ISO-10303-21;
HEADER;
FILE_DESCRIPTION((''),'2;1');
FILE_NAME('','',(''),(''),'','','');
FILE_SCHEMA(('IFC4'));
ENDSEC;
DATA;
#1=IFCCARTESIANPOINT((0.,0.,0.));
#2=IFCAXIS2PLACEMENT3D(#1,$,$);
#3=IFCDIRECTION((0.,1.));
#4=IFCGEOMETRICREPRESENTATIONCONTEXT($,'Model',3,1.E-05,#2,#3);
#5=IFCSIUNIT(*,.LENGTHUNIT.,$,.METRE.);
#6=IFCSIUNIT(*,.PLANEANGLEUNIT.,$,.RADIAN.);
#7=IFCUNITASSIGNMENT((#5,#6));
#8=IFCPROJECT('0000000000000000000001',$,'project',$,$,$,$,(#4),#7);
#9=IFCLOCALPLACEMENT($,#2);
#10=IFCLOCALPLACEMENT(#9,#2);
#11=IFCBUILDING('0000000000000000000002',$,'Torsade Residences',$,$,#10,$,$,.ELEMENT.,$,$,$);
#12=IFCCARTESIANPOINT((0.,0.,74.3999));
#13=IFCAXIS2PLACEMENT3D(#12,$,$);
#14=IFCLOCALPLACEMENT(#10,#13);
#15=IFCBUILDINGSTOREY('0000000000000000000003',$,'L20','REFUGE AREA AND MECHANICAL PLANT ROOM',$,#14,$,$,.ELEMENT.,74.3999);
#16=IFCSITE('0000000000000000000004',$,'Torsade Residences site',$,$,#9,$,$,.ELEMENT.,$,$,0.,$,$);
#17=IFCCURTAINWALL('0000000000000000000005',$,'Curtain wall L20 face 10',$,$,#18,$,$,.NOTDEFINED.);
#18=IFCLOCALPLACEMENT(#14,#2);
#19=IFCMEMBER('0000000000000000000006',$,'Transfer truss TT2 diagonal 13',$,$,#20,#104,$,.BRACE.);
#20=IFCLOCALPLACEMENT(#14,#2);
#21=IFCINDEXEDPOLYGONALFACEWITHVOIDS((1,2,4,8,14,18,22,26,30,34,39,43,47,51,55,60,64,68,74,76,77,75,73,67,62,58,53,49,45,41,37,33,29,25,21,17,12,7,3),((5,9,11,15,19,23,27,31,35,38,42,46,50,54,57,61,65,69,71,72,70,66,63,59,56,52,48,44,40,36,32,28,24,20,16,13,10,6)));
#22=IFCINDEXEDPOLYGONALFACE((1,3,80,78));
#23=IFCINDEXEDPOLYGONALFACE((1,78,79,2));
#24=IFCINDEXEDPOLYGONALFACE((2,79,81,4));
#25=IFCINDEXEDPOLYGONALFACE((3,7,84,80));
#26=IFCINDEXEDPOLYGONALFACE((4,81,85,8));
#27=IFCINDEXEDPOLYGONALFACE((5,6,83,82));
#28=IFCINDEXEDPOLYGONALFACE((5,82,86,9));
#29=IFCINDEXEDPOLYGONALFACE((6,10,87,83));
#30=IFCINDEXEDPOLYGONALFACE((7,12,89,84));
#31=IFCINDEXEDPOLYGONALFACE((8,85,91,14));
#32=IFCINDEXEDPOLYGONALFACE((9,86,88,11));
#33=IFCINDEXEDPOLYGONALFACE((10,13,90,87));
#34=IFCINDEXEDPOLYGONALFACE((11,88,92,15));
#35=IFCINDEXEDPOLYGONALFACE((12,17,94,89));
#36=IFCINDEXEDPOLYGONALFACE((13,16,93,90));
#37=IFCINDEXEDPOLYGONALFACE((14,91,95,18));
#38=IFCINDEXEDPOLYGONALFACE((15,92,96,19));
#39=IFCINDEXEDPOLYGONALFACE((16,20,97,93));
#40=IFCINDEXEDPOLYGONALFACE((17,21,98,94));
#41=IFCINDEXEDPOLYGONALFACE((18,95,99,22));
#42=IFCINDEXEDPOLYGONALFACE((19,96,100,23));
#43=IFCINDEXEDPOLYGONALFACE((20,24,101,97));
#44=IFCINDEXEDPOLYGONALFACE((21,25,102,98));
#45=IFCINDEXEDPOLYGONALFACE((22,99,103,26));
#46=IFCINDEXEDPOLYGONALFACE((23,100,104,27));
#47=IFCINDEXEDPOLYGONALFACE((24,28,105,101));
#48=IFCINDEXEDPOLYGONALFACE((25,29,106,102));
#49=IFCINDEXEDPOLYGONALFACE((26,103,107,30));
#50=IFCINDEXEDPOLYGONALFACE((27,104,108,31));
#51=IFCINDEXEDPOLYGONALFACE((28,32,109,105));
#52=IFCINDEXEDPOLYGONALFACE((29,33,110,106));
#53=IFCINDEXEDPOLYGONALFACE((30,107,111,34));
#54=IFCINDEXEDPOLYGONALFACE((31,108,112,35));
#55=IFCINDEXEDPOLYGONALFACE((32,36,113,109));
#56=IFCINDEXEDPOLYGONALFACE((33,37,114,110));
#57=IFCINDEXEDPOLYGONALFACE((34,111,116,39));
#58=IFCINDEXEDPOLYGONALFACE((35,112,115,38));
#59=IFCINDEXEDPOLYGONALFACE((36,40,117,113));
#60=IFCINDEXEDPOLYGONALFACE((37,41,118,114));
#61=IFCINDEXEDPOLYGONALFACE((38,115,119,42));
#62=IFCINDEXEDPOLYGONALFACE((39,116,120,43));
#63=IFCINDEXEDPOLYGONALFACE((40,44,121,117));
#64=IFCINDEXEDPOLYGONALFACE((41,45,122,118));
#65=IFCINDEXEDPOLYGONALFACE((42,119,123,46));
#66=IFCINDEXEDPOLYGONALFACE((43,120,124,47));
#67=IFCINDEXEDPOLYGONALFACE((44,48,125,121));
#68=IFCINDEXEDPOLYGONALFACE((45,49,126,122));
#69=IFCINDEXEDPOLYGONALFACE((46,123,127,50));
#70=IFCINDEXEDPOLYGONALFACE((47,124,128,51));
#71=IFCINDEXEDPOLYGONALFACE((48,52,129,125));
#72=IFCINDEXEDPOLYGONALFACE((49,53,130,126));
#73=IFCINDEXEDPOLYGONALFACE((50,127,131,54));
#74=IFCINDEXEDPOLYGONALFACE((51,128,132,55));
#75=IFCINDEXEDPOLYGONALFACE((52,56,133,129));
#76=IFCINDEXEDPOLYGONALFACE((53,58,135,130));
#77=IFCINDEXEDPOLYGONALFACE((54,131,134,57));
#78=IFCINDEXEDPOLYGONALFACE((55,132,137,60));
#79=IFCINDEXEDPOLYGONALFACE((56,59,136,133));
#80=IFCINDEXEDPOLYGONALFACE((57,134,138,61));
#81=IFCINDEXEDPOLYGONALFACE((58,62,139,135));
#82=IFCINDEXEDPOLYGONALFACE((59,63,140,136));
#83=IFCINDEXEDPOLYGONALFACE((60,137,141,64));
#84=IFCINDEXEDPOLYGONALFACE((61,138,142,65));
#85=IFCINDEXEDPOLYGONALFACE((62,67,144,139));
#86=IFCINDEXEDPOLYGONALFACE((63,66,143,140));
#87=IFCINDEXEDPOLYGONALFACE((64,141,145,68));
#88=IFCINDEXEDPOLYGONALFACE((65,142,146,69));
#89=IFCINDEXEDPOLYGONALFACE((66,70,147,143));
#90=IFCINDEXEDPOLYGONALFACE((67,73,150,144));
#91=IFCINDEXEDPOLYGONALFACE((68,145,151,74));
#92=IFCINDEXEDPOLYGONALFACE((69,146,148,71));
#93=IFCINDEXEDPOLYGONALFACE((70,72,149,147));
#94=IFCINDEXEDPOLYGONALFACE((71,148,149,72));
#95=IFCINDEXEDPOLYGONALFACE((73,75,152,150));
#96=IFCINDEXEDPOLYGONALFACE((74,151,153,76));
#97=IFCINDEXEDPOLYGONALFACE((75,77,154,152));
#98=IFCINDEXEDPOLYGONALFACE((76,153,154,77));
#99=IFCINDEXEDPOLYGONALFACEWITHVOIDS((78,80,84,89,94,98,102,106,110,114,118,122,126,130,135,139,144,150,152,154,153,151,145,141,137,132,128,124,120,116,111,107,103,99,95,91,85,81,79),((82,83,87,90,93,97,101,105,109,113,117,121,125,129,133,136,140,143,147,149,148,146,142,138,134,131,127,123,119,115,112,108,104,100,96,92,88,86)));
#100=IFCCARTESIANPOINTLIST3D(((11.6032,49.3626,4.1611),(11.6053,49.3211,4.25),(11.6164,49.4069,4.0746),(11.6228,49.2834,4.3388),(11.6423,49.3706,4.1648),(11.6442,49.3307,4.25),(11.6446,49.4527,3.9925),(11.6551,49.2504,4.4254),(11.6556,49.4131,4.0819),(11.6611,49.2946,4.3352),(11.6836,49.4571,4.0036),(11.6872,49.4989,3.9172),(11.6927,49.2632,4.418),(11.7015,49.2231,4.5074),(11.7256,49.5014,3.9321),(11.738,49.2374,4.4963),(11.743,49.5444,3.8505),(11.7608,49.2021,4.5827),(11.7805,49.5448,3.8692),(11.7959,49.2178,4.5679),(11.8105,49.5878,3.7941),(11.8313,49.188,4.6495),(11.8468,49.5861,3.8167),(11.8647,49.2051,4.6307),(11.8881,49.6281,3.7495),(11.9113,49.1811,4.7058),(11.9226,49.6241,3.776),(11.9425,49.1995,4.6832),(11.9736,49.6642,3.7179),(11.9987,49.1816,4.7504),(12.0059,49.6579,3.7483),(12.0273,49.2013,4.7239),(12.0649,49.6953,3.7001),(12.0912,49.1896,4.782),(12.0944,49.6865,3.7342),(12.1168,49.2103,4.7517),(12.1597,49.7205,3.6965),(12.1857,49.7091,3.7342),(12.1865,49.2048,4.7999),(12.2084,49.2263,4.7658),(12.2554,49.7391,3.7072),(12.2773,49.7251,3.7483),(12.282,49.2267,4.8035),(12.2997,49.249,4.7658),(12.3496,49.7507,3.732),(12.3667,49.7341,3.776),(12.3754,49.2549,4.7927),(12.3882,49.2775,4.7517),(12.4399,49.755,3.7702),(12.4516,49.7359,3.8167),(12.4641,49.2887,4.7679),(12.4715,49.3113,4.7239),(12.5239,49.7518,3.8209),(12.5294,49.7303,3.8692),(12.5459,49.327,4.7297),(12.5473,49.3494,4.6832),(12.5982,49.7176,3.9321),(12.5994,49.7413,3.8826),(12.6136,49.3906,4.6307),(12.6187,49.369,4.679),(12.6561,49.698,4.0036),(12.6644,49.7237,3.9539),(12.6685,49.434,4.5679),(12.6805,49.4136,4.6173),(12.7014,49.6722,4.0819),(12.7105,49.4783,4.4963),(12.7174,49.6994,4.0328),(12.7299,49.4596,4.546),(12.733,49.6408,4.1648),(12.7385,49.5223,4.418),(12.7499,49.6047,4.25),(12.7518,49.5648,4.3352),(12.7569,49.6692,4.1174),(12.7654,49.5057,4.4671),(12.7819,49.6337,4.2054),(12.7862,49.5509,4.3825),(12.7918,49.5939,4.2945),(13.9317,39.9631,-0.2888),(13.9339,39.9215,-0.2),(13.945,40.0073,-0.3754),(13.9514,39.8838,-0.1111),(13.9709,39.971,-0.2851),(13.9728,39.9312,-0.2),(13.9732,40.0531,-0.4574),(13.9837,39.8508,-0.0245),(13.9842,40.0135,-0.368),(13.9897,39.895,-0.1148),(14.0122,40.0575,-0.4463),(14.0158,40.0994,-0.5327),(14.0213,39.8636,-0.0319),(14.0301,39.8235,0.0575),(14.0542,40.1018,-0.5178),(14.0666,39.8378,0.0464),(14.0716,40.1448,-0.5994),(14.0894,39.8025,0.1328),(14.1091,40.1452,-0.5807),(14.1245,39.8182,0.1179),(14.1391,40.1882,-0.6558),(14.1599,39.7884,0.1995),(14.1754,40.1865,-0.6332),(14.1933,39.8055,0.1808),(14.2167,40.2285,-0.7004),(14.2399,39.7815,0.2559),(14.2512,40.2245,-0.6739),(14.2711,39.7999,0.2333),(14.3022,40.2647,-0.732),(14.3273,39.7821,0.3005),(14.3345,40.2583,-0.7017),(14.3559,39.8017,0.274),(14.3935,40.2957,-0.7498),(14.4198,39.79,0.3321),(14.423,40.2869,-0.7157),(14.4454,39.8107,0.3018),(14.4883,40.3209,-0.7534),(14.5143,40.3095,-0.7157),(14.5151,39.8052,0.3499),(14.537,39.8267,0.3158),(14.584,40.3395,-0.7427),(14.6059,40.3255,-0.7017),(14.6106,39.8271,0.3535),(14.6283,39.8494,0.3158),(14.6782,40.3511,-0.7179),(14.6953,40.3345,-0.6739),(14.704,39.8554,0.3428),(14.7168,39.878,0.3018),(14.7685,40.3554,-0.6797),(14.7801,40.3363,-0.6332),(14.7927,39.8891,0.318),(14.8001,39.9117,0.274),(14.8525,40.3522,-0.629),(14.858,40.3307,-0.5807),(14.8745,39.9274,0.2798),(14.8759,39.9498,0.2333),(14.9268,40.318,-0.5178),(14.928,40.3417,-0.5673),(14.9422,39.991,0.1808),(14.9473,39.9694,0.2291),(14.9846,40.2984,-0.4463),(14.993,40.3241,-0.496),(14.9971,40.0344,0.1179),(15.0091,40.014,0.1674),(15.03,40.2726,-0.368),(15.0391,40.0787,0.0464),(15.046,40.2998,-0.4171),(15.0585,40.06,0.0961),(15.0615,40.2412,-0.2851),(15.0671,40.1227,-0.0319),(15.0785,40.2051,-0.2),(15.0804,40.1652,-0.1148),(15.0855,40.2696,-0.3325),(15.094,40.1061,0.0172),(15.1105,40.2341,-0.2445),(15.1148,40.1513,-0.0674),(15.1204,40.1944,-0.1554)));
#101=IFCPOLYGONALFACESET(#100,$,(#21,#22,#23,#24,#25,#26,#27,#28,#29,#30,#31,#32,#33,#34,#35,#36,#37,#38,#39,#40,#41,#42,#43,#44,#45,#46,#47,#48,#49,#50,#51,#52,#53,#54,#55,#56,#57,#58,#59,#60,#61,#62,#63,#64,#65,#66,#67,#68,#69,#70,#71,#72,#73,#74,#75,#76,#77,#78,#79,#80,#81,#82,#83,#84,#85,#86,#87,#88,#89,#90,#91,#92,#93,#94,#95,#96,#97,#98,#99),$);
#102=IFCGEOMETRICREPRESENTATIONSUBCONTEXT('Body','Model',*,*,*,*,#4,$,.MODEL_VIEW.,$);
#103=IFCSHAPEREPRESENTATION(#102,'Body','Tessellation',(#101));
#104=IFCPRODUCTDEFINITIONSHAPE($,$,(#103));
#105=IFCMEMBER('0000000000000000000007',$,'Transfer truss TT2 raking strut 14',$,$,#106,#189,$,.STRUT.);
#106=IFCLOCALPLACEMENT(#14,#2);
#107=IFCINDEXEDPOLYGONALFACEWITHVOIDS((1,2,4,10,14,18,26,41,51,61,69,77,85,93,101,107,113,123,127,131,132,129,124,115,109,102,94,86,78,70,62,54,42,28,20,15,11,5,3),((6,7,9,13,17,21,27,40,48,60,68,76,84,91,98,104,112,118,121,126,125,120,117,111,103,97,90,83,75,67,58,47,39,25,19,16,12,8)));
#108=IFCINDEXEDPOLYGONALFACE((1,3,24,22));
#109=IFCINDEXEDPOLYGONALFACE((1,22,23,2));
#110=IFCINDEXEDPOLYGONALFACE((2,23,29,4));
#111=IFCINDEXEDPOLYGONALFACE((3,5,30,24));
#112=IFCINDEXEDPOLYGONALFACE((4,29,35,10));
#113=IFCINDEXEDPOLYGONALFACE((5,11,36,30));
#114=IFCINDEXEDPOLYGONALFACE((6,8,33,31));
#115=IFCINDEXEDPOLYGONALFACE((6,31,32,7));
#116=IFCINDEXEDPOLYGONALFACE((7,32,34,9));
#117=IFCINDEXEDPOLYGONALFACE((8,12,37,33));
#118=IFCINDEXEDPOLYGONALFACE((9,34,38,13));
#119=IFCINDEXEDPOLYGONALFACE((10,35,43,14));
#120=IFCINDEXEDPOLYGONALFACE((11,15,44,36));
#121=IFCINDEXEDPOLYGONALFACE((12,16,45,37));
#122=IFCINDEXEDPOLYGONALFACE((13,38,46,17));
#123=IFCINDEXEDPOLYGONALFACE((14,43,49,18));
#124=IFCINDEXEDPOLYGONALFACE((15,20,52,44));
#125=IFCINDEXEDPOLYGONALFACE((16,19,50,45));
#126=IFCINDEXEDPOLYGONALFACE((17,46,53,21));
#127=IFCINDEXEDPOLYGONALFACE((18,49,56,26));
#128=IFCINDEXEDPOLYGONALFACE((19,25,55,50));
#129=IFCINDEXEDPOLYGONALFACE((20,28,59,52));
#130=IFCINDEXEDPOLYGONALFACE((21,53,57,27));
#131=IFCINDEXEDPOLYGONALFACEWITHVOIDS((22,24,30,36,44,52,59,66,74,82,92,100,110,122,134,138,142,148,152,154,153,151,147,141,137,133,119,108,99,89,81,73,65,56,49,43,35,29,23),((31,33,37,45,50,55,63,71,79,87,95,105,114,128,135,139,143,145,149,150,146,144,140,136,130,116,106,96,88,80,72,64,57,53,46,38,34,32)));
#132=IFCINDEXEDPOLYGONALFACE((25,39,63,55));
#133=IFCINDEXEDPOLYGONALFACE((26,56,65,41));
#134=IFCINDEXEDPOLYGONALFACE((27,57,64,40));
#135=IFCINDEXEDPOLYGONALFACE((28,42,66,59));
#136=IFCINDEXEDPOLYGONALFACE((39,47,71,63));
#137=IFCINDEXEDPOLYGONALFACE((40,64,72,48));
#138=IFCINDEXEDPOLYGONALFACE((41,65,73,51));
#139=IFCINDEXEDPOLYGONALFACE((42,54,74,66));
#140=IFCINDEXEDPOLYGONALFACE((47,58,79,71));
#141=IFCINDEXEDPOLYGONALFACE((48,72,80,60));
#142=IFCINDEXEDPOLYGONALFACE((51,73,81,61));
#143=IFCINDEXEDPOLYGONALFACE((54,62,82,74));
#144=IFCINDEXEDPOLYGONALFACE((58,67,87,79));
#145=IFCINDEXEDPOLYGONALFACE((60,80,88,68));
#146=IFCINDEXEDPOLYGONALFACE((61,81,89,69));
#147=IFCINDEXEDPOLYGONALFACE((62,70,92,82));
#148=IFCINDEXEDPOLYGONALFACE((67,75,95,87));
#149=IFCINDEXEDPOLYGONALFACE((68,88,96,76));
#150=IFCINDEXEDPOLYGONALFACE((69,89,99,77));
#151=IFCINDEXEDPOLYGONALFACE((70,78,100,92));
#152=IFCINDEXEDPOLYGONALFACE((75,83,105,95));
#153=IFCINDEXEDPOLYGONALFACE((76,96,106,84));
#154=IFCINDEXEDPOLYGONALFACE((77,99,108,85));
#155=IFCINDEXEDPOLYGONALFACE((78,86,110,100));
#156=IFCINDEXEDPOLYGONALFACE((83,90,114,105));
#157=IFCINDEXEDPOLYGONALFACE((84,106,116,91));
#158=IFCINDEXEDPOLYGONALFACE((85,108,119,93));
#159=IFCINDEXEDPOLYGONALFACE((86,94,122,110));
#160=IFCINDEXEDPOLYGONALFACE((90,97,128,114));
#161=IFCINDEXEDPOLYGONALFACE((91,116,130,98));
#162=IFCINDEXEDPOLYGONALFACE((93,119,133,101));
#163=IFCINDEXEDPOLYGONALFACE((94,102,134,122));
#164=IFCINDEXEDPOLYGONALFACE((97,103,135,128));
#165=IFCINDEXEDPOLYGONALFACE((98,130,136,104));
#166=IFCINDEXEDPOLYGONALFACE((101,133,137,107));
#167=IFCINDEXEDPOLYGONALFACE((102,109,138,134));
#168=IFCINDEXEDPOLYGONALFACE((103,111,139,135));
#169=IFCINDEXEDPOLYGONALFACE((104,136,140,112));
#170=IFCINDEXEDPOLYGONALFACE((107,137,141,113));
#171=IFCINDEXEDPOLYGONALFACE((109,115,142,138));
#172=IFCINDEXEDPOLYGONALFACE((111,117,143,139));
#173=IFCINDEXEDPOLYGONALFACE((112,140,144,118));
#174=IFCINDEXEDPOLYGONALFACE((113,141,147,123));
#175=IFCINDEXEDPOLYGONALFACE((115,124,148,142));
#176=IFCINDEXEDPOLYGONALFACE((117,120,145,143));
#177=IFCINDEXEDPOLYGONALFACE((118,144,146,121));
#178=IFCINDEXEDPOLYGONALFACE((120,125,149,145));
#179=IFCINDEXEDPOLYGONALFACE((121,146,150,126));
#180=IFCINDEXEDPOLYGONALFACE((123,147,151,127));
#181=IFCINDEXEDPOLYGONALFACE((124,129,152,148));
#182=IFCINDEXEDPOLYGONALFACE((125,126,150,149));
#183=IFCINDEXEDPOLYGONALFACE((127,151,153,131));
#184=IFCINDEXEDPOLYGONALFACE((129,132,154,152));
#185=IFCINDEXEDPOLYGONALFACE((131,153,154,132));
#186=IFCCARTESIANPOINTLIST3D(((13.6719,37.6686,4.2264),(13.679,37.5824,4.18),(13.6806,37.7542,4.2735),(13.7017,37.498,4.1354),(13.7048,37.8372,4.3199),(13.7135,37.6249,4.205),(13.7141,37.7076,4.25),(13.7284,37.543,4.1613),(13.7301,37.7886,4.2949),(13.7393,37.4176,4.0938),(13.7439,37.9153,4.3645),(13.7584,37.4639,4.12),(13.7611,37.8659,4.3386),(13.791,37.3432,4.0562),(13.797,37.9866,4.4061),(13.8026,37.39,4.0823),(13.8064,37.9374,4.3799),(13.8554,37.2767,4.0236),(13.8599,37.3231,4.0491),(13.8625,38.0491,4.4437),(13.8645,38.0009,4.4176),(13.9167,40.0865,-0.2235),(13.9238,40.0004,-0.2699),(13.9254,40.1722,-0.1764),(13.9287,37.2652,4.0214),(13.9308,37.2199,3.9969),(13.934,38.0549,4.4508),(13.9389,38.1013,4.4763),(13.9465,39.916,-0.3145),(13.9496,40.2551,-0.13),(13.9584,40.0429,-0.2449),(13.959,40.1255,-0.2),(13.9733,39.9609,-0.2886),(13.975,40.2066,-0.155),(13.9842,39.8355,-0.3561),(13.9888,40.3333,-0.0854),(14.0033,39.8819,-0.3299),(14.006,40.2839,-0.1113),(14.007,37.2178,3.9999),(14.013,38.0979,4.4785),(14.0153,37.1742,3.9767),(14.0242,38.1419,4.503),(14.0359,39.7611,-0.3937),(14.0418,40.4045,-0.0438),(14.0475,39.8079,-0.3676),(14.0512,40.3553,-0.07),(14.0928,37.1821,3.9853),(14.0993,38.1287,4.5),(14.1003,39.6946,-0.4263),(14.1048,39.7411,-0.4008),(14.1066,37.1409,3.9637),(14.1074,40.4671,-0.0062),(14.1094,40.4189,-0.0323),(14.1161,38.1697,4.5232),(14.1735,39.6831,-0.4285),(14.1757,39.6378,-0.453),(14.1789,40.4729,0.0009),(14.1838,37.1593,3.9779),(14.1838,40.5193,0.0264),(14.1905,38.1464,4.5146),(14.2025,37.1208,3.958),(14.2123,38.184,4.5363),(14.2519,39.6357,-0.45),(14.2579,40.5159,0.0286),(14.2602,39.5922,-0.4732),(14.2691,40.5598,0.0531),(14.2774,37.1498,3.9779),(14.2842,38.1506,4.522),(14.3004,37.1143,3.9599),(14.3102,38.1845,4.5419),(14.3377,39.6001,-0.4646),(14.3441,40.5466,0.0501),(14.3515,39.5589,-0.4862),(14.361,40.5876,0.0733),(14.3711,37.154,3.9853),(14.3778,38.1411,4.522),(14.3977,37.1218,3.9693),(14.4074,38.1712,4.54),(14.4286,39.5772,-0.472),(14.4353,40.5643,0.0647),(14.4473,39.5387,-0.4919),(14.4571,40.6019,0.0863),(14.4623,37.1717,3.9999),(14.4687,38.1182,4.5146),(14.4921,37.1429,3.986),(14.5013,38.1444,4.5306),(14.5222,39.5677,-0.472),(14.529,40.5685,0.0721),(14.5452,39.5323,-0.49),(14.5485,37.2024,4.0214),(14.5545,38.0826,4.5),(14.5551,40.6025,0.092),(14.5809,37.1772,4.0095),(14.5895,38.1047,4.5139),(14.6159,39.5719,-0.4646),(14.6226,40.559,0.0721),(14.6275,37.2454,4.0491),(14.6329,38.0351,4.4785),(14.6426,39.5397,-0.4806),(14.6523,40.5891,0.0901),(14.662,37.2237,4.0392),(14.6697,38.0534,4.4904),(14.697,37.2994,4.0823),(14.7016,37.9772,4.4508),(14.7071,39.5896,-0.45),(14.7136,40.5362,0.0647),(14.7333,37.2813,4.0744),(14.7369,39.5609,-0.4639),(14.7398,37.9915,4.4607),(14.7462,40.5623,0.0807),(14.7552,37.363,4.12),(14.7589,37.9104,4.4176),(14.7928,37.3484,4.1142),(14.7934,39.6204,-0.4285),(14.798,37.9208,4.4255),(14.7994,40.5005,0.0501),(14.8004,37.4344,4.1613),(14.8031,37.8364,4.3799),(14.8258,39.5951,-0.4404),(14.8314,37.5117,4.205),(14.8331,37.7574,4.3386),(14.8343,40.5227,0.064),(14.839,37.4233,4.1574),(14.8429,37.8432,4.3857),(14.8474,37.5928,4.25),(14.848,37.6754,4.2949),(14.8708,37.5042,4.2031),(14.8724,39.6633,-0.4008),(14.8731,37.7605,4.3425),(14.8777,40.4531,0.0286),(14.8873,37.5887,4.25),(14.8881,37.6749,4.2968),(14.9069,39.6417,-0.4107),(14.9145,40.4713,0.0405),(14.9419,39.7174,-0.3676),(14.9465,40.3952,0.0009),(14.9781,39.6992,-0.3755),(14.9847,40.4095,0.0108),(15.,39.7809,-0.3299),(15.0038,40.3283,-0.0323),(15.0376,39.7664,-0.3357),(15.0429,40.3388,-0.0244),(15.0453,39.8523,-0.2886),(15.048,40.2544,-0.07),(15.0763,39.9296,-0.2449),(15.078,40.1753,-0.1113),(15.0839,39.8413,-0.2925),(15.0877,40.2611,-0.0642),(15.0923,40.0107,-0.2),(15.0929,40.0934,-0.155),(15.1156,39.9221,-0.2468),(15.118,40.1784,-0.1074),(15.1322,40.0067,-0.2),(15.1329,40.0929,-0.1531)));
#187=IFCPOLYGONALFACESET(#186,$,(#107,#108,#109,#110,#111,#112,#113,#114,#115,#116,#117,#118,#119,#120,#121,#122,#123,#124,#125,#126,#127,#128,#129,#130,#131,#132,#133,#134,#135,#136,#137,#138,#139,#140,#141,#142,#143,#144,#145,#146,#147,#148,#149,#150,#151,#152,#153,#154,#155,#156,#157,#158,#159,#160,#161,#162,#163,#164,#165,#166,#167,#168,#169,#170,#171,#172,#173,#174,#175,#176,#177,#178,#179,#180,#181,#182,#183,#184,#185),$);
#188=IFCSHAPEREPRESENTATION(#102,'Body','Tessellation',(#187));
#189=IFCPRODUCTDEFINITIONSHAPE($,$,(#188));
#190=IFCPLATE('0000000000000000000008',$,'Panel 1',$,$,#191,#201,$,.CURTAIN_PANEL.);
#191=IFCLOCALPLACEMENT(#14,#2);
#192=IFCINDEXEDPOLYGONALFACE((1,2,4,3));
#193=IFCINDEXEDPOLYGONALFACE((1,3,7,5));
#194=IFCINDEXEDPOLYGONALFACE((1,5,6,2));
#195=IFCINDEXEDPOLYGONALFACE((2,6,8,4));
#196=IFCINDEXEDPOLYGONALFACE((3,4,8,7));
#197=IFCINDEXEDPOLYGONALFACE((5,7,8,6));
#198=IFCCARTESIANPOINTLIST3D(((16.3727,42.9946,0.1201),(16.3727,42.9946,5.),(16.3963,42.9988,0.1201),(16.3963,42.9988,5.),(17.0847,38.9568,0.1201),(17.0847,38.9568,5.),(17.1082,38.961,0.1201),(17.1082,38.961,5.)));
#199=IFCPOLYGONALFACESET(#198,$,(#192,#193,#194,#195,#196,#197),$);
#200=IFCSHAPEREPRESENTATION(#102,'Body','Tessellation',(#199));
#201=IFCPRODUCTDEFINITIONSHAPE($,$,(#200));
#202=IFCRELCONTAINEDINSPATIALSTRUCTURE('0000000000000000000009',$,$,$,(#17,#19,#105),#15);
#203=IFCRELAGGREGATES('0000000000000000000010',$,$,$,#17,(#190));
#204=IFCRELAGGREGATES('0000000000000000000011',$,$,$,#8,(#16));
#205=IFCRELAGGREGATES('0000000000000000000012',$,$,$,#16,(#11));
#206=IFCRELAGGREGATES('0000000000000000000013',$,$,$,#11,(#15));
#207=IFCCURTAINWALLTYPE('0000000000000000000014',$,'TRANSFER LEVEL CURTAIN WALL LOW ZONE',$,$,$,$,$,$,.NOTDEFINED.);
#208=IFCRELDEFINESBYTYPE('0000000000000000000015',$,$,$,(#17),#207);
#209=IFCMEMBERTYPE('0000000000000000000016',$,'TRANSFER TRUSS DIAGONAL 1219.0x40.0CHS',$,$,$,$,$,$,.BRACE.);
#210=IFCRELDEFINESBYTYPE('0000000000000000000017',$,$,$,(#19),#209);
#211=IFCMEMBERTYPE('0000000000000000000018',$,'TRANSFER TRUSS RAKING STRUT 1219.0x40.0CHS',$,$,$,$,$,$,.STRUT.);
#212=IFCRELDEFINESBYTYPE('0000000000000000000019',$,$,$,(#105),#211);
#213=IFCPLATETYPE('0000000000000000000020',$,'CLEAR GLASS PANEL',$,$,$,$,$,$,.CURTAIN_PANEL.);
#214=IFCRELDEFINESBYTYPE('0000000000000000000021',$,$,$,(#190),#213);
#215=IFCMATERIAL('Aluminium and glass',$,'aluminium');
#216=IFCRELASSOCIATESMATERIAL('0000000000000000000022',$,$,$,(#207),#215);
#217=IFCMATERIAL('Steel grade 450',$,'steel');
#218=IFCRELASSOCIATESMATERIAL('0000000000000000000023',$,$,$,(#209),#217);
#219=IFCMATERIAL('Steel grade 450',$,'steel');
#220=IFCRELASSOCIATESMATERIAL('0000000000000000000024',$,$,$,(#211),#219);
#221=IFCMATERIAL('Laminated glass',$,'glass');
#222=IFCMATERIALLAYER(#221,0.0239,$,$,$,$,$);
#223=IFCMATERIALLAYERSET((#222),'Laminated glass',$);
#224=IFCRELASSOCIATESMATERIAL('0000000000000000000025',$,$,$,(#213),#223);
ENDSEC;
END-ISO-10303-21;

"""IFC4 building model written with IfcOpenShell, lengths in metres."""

from ifc_helpers import new_model, si_unit, direction, frame, origin, origin_2d, place, context, subcontext, project, spatial, rectangle, hollow_circle, extrude, material, layer, layer_set, material_profile, profile_set, type_object, element, aggregate, save


model = new_model("IFC4")

# Units and contexts
model_context = context("Model", 3, precision=1e-05, world=origin(), true_north=direction((0.0, 1.0)))
body_context = subcontext(model_context, "Body", "Model", "MODEL_VIEW")
ifc_project = project(units=[si_unit("LENGTHUNIT", "METRE"), si_unit("PLANEANGLEUNIT", "RADIAN")], contexts=[model_context])

# Site, building, storey
site_placement = place(None, origin())
site = spatial("IfcSite", under=ifc_project, at=site_placement, Name="Torsade Residences site", CompositionType="ELEMENT", RefElevation=0.0)
building_placement = place(site_placement, origin())
building = spatial("IfcBuilding", under=site, at=building_placement, Name="Torsade Residences", CompositionType="ELEMENT")
storey_placement = place(building_placement, frame((0.0, 0.0, 74.3999)))
storey = spatial("IfcBuildingStorey", under=building, at=storey_placement, Name="L20", Description="REFUGE AREA AND MECHANICAL PLANT ROOM", CompositionType="ELEMENT", Elevation=74.3999)

# Curtain wall
ifc_material_1 = material(Name="Aluminium and glass", Category="aluminium")
curtain_wall_type = type_object("IfcCurtainWallType", Name="TRANSFER LEVEL CURTAIN WALL LOW ZONE", PredefinedType="NOTDEFINED", material=ifc_material_1)
curtain_wall_placement = place(storey_placement, origin())
curtain_wall = element("IfcCurtainWall", 1, at=curtain_wall_placement, inside=storey, type_object=curtain_wall_type, Name="Curtain wall L20 face 10", PredefinedType="NOTDEFINED")

# Members
ifc_material_2 = material(Name="Steel grade 450", Category="steel")
ifc_material_profile_1 = material_profile(ifc_material_2, hollow_circle(Radius=0.6096, WallThickness=0.04, at=origin_2d()), Name="1219.0x40.0CHS")
ifc_profile_set_1 = profile_set([ifc_material_profile_1], Name="Steel grade 450")
member_type_1 = type_object("IfcMemberType", Name="TRANSFER TRUSS DIAGONAL 1219.0x40.0CHS", PredefinedType="BRACE", material=ifc_profile_set_1)
member_1_placement = place(storey_placement, frame((14.5256, 40.0681, -0.2), z_axis=(-0.218499, 0.881992, 0.41755), x_axis=(-0.970658, -0.240465, 0.0)))
element("IfcMember", 2, at=member_1_placement, inside=storey, type_object=member_type_1, Name="Transfer truss TT2 diagonal 13", PredefinedType="BRACE", context=body_context, shape_type="SweptSolid", body=[
    extrude(hollow_circle(Radius=0.6096, WallThickness=0.04, at=origin_2d()), origin(), (0.0, 0.0, 1.0), 10.6572),
])
ifc_material_3 = material(Name="Steel grade 450", Category="steel")
ifc_material_profile_2 = material_profile(ifc_material_3, hollow_circle(Radius=0.6096, WallThickness=0.04, at=origin_2d()), Name="1219.0x40.0CHS")
ifc_profile_set_2 = profile_set([ifc_material_profile_2], Name="Steel grade 450")
member_type_2 = type_object("IfcMemberType", Name="TRANSFER TRUSS RAKING STRUT 1219.0x40.0CHS", PredefinedType="STRUT", material=ifc_profile_set_2)
member_2_placement = place(storey_placement, frame((14.5256, 40.0681, -0.2), z_axis=(-0.048295, -0.476883, 0.877639), x_axis=(0.994911, -0.100757, 0.0)))
element("IfcMember", 3, at=member_2_placement, inside=storey, type_object=member_type_2, Name="Transfer truss TT2 raking strut 14", PredefinedType="STRUT", context=body_context, shape_type="SweptSolid", body=[
    extrude(hollow_circle(Radius=0.6096, WallThickness=0.04, at=origin_2d()), origin(), (0.0, 0.0, 1.0), 5.0703),
])

# Plate
ifc_material_4 = material(Name="Laminated glass", Category="glass")
ifc_layer_1 = layer(ifc_material_4, 0.0239)
ifc_layer_set_1 = layer_set([ifc_layer_1], Name="Laminated glass")
plate_type = type_object("IfcPlateType", Name="CLEAR GLASS PANEL", PredefinedType="CURTAIN_PANEL", material=ifc_layer_set_1)
plate_1_placement = place(storey_placement, frame((16.7405, 40.9778, 0.1201), z_axis=(0.0, 0.0, 1.0), x_axis=(0.173648, -0.984808, 0.0)))
plate_1 = element("IfcPlate", 4, at=plate_1_placement, type_object=plate_type, Name="Panel 1", PredefinedType="CURTAIN_PANEL", context=body_context, shape_type="SweptSolid", body=[
    extrude(rectangle(XDim=4.1001, YDim=0.0239, at=origin_2d()), origin(), (0.0, 0.0, 1.0), 4.8799),
])
aggregate(curtain_wall, [plate_1])

save(model, "model.ifc")
